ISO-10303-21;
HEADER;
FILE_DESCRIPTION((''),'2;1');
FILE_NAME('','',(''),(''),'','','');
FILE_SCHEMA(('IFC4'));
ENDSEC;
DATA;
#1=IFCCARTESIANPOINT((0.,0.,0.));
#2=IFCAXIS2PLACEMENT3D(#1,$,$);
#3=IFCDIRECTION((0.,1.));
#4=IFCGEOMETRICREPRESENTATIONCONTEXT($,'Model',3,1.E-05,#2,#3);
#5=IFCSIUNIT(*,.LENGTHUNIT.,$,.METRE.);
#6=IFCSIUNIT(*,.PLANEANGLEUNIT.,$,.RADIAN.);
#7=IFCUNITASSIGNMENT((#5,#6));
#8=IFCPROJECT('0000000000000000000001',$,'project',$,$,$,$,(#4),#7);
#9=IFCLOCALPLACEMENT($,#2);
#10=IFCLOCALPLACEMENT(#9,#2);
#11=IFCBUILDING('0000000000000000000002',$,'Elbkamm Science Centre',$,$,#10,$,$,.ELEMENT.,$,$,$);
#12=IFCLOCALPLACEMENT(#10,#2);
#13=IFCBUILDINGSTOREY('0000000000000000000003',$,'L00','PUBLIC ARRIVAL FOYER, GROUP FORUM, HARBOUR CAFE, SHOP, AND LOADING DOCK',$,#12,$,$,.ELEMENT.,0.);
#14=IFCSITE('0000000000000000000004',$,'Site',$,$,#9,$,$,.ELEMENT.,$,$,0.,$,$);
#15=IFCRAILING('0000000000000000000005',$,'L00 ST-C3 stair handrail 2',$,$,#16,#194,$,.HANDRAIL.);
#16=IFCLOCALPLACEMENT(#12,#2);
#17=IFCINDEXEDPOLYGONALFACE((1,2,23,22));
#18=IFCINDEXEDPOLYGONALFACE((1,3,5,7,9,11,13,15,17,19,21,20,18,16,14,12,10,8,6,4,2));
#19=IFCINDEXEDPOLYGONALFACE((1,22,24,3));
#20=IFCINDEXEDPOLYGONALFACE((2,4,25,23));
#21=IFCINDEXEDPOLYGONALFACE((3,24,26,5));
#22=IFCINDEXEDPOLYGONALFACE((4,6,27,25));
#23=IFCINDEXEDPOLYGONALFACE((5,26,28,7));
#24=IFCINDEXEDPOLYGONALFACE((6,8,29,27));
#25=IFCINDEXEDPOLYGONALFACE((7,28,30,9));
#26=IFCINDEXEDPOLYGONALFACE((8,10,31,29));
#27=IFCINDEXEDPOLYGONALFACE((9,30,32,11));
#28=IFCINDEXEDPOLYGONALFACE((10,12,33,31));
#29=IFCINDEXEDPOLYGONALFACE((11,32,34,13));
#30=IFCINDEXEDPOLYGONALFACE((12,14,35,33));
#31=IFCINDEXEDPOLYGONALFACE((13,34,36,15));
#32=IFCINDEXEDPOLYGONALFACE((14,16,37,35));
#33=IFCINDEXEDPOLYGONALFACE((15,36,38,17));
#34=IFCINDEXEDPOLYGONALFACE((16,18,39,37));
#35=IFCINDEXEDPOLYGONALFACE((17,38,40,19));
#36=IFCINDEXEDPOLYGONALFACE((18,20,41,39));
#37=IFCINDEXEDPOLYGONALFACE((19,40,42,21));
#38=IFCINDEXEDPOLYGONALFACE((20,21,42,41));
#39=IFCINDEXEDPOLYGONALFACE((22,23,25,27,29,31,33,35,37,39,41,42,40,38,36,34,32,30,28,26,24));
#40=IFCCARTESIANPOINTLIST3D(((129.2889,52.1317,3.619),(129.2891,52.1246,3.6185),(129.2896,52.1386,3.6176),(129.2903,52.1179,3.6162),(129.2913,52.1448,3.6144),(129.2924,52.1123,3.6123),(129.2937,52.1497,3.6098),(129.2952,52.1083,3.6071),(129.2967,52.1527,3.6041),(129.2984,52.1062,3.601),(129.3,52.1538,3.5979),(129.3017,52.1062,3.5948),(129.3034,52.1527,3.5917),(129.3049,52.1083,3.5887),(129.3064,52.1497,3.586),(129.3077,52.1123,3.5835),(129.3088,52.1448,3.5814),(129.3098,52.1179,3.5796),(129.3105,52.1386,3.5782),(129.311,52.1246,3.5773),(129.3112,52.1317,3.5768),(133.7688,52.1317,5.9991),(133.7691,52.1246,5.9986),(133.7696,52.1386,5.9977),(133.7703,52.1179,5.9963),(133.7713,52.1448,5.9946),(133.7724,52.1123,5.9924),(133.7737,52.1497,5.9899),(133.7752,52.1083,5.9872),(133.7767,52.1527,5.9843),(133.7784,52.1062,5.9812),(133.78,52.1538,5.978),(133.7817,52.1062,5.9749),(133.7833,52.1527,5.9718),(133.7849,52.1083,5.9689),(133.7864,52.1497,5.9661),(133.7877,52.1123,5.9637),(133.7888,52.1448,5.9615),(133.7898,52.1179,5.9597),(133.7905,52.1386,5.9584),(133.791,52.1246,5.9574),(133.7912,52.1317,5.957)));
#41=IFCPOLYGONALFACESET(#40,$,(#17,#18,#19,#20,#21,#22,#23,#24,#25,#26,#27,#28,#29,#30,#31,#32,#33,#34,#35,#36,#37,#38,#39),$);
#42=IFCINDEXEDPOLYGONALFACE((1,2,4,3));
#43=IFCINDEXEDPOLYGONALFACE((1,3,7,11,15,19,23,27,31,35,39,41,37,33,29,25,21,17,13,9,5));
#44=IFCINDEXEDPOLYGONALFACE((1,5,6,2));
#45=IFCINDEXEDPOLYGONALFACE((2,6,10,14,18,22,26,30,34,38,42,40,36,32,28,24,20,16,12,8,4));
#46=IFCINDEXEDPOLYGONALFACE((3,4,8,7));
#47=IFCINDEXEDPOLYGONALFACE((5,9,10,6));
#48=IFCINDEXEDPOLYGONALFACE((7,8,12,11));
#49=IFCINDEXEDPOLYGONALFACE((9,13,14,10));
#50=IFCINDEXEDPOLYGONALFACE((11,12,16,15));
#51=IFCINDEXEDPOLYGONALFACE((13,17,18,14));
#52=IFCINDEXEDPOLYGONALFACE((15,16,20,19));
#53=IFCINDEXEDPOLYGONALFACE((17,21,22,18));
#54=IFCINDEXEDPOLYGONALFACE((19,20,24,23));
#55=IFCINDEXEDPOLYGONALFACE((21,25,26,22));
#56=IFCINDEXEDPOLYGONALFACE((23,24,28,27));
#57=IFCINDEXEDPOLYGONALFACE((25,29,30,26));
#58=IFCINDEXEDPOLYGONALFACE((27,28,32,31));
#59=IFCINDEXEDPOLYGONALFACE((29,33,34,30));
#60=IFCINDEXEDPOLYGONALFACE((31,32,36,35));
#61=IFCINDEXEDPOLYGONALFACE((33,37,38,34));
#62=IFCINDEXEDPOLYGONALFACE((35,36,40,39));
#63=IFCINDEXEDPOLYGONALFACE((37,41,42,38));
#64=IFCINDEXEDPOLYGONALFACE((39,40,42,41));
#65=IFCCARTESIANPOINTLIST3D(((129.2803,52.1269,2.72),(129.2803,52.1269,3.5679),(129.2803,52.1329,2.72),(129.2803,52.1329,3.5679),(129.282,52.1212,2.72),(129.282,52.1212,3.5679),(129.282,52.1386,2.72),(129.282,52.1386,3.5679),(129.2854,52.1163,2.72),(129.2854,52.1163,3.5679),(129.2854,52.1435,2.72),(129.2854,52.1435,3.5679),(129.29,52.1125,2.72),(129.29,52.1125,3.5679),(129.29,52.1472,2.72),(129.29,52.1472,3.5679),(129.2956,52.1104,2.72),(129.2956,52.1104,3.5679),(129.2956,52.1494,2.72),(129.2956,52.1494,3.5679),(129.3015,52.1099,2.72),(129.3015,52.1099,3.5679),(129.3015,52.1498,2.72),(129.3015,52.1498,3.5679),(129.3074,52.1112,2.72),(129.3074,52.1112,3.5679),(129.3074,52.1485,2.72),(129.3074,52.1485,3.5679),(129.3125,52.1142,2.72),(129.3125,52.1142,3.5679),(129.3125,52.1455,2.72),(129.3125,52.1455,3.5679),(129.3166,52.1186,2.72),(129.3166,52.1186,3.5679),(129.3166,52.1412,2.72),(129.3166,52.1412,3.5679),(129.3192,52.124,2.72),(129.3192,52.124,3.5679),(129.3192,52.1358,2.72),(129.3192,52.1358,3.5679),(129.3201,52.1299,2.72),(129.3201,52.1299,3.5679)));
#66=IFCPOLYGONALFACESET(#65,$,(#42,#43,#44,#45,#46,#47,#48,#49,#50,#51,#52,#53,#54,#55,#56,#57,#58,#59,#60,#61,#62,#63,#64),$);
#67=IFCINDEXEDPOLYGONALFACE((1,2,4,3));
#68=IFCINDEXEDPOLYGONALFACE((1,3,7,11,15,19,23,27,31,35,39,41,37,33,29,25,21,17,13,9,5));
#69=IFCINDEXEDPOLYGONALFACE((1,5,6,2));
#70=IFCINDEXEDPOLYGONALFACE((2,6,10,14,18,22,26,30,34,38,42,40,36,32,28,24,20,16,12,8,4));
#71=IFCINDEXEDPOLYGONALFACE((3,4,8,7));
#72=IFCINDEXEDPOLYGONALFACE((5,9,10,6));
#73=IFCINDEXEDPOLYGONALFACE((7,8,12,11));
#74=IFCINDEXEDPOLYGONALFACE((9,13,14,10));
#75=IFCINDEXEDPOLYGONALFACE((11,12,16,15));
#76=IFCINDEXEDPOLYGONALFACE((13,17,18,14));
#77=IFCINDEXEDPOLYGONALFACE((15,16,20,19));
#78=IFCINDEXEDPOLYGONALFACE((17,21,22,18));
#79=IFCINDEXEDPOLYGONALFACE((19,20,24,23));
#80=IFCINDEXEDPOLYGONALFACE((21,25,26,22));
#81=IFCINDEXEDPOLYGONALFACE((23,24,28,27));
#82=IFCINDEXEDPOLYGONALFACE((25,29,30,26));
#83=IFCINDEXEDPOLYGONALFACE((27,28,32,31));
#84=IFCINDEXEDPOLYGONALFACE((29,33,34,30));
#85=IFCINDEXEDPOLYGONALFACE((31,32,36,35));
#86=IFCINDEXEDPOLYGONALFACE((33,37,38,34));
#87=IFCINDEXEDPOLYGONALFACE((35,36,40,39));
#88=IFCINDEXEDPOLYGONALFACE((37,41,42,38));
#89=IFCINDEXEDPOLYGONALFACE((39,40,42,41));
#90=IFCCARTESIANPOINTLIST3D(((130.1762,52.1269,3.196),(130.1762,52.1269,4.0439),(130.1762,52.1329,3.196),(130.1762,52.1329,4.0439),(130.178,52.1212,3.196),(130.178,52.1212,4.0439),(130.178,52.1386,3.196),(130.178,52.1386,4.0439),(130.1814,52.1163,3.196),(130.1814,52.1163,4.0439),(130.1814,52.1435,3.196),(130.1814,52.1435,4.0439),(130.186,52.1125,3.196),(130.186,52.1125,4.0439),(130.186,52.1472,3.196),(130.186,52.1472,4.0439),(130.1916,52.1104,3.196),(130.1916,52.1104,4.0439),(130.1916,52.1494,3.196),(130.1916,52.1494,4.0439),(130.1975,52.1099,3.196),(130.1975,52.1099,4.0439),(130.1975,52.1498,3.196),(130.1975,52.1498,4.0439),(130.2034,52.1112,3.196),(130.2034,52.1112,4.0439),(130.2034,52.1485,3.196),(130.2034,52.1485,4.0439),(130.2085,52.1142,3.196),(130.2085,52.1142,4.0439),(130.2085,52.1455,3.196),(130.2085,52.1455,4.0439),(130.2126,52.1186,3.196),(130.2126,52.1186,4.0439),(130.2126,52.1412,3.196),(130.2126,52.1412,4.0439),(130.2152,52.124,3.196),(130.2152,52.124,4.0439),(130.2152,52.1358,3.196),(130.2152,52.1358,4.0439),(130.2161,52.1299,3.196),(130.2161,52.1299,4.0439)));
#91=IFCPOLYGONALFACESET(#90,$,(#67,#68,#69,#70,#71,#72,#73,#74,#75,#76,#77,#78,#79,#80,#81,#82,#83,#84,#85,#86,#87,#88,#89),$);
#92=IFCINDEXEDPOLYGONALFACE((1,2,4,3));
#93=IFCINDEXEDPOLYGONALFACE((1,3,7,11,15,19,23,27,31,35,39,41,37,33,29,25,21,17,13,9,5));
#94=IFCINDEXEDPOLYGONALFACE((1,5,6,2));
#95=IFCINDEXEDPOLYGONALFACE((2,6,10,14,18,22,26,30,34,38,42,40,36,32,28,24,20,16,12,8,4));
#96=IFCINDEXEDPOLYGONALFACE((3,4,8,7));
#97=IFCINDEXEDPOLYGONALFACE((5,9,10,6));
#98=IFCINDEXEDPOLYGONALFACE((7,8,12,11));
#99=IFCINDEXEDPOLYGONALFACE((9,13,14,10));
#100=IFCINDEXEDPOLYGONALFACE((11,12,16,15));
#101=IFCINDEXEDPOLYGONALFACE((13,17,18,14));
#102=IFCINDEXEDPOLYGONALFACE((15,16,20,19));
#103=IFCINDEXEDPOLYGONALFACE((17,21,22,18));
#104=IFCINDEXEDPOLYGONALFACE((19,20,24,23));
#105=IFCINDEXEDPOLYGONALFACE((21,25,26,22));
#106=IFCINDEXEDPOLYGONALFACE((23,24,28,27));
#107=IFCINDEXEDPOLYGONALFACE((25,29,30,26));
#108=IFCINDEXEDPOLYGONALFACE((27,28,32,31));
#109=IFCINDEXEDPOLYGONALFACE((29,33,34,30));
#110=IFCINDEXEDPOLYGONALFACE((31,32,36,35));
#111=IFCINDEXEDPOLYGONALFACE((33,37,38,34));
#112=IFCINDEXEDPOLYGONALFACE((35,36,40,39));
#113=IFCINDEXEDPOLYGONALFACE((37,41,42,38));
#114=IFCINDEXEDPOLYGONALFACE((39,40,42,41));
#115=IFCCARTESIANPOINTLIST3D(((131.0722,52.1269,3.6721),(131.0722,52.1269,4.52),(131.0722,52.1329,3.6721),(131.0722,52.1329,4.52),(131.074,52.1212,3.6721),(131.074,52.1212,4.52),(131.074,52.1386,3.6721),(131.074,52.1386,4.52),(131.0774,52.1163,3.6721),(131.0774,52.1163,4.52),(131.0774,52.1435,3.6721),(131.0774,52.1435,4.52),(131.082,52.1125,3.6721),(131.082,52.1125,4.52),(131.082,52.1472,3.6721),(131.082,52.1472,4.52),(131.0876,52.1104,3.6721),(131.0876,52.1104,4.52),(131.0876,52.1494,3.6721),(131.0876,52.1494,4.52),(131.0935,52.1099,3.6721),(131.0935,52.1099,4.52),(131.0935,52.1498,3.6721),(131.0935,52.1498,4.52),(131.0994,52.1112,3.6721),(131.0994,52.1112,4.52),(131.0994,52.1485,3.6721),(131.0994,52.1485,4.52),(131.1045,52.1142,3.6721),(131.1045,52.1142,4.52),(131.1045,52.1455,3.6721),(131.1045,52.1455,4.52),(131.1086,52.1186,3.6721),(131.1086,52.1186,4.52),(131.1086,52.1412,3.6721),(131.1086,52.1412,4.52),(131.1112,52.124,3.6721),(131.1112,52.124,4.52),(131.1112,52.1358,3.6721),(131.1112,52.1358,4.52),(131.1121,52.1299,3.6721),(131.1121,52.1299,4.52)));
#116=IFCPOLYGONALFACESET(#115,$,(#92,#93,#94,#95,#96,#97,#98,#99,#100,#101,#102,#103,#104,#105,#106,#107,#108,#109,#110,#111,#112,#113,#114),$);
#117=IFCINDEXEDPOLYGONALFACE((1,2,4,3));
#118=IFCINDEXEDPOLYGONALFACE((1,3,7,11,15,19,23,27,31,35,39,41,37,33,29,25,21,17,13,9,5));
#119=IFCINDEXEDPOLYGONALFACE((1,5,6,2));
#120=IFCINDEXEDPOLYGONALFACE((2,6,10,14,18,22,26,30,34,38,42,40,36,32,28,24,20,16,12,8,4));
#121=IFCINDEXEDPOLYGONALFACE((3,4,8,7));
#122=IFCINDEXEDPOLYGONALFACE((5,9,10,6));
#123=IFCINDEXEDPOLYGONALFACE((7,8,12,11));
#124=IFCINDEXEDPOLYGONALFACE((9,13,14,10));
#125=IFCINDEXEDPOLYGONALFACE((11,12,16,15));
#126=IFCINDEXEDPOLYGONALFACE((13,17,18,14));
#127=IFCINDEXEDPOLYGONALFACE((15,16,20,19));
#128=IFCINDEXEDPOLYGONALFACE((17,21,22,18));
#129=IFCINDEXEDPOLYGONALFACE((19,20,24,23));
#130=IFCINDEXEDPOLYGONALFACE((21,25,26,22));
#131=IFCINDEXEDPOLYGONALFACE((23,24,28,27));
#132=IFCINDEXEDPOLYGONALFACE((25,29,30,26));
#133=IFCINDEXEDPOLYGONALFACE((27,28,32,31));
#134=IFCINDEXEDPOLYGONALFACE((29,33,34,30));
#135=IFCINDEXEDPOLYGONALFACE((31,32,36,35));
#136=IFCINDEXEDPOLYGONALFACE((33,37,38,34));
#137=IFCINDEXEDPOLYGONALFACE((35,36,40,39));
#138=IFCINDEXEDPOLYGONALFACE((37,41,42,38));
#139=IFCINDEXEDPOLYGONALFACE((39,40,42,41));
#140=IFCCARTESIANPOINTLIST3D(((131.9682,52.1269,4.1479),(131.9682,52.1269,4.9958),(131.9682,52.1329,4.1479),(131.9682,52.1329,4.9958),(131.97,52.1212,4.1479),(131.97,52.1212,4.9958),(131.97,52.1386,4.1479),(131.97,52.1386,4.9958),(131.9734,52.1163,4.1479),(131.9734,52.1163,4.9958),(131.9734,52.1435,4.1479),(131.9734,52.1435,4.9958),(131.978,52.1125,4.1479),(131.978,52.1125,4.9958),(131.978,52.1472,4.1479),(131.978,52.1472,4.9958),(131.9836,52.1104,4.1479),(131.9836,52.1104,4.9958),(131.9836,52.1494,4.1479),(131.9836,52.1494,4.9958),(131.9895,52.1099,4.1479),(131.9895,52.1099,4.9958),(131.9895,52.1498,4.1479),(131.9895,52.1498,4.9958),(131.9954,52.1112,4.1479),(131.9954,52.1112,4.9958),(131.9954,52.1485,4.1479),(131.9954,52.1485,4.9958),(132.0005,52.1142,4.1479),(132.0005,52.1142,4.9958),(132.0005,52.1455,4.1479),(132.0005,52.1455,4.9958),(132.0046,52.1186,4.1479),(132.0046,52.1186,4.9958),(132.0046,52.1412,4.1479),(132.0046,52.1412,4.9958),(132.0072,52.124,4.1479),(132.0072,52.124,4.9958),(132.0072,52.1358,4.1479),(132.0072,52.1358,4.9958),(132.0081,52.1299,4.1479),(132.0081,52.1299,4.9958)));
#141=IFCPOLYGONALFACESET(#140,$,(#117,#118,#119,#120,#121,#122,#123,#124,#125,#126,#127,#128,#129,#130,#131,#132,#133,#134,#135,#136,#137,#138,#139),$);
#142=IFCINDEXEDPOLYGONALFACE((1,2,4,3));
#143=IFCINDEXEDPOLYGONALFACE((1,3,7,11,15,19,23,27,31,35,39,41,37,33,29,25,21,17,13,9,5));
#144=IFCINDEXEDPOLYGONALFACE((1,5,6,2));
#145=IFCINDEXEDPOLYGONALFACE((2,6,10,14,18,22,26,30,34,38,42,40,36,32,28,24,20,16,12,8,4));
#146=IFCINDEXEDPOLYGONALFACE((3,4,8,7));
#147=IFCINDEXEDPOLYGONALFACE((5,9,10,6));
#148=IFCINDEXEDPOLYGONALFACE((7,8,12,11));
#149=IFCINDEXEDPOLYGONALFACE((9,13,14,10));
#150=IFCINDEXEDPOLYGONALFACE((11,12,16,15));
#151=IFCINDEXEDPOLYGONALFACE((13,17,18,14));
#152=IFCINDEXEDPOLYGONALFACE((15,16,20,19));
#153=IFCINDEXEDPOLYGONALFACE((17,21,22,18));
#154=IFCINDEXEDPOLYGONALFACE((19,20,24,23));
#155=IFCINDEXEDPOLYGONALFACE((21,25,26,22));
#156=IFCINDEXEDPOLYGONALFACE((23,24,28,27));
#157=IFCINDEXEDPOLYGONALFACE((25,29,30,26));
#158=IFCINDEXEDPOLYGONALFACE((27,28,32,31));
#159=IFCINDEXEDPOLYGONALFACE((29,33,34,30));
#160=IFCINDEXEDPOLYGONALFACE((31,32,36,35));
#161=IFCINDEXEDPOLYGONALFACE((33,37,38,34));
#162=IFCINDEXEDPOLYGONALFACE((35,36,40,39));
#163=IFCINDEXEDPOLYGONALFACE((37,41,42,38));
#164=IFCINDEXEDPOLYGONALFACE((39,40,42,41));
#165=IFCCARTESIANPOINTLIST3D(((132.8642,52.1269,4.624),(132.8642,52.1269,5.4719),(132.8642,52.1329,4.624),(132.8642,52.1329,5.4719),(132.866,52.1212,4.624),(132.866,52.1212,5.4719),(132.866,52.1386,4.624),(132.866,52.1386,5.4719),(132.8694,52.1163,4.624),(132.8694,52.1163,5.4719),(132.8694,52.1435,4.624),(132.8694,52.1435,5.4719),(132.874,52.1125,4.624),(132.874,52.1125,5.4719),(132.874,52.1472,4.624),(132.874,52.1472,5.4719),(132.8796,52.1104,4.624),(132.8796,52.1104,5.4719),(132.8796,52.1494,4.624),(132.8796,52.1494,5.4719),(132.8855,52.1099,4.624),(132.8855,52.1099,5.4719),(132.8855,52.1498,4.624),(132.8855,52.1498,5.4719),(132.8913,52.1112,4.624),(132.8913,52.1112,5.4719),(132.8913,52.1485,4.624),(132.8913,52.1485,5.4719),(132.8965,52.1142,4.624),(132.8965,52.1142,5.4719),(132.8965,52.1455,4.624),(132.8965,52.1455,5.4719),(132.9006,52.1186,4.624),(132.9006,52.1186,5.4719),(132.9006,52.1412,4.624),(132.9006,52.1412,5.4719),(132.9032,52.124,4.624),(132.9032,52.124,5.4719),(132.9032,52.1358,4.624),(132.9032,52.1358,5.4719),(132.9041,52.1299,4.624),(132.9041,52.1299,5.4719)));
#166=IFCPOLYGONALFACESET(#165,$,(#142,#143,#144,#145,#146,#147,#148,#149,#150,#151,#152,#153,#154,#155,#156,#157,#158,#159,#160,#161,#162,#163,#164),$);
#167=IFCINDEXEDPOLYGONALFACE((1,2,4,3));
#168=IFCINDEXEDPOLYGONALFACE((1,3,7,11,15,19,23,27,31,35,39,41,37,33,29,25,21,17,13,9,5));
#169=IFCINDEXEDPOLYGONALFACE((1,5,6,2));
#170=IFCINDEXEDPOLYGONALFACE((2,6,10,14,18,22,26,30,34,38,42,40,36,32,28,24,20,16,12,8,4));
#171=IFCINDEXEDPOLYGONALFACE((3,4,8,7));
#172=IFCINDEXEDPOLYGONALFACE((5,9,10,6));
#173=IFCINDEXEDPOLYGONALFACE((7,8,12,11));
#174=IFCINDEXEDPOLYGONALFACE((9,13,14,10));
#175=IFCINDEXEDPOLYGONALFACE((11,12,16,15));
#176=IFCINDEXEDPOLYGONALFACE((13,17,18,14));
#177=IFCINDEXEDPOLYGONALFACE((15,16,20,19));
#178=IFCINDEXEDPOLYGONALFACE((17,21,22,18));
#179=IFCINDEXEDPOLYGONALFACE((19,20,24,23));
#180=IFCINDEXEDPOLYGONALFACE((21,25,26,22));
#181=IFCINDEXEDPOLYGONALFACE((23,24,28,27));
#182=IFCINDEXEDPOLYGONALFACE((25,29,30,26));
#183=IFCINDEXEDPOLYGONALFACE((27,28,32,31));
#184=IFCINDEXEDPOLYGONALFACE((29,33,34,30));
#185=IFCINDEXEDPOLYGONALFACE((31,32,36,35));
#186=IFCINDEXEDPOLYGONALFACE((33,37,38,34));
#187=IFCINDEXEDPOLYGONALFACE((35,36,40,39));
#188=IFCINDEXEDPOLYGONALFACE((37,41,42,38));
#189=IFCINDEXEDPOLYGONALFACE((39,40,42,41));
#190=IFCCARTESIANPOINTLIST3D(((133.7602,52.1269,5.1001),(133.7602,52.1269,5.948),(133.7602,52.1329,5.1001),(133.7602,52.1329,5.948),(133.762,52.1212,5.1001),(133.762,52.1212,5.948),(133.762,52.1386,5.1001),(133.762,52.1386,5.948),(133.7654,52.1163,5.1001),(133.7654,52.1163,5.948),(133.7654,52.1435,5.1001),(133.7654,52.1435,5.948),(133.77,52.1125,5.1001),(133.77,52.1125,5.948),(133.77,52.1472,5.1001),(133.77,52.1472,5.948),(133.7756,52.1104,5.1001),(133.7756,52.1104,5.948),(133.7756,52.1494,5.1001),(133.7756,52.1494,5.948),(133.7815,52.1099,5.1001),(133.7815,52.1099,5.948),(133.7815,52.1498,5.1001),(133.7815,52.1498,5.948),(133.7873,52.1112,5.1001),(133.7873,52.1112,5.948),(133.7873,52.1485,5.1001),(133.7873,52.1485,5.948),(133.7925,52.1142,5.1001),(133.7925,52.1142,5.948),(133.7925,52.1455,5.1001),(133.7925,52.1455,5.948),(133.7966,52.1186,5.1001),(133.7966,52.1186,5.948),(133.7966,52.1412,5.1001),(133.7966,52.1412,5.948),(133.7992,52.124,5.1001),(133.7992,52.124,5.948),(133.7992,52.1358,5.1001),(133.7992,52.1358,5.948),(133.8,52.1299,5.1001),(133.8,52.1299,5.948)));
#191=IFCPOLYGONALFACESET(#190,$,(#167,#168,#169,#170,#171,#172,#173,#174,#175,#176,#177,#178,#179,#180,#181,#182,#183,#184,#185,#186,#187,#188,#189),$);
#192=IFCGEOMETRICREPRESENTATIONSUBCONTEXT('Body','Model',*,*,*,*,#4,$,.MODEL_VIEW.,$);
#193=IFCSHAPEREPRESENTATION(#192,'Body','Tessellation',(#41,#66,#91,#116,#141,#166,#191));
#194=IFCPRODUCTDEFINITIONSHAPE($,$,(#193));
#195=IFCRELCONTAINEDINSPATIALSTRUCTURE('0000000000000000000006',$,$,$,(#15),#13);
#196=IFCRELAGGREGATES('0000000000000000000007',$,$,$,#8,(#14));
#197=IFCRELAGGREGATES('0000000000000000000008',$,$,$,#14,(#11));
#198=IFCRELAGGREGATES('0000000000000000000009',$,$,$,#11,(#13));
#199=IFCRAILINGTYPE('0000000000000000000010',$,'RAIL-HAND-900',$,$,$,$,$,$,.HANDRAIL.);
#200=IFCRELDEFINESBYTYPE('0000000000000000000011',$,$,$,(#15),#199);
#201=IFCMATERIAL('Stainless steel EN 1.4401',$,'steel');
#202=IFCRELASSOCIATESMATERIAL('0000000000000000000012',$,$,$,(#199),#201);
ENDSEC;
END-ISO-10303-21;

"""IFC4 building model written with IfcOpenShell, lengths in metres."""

from ifc_helpers import new_model, si_unit, direction, frame, origin, origin_2d, place, context, subcontext, project, spatial, circle, extrude, material, type_object, element, save


model = new_model("IFC4")

# Units and contexts
model_context = context("Model", 3, precision=1e-05, world=origin(), true_north=direction((0.0, 1.0)))
body_context = subcontext(model_context, "Body", "Model", "MODEL_VIEW")
ifc_project = project(units=[si_unit("LENGTHUNIT", "METRE"), si_unit("PLANEANGLEUNIT", "RADIAN")], contexts=[model_context])

# Site, building, storey
site_placement = place(None, origin())
site = spatial("IfcSite", under=ifc_project, at=site_placement, Name="Site", CompositionType="ELEMENT", RefElevation=0.0)
building_placement = place(site_placement, origin())
building = spatial("IfcBuilding", under=site, at=building_placement, Name="Elbkamm Science Centre", CompositionType="ELEMENT")
storey_placement = place(building_placement, origin())
storey = spatial("IfcBuildingStorey", under=building, at=storey_placement, Name="L00", Description="PUBLIC ARRIVAL FOYER, GROUP FORUM, HARBOUR CAFE, SHOP, AND LOADING DOCK", CompositionType="ELEMENT", Elevation=0.0)

# Railing
ifc_material_1 = material(Name="Stainless steel EN 1.4401", Category="steel")
railing_type_1 = type_object("IfcRailingType", Name="RAIL-HAND-900", PredefinedType="HANDRAIL", material=ifc_material_1)
railing_1_placement = place(storey_placement, frame((129.3, 52.1299, 2.72)))
element("IfcRailing", 1, at=railing_1_placement, inside=storey, type_object=railing_type_1, Name="L00 ST-C3 stair handrail 2", PredefinedType="HANDRAIL", context=body_context, shape_type="SweptSolid", body=[
    extrude(circle(Radius=0.0239, at=origin_2d()), frame((0.0, 0.0, 0.8779), z_axis=(0.883105, 0.0, 0.469176), x_axis=(0.0, 1.0, 0.0)), (0.0, 0.0, 1.0), 5.073),
    extrude(circle(Radius=0.02, at=origin_2d()), origin(), (0.0, 0.0, 1.0), 0.8479),
    extrude(circle(Radius=0.02, at=origin_2d()), frame((0.896, 0.0, 0.4761)), (0.0, 0.0, 1.0), 0.8479),
    extrude(circle(Radius=0.02, at=origin_2d()), frame((1.792, 0.0, 0.9521)), (0.0, 0.0, 1.0), 0.8479),
    extrude(circle(Radius=0.02, at=origin_2d()), frame((2.688, 0.0, 1.428)), (0.0, 0.0, 1.0), 0.8479),
    extrude(circle(Radius=0.02, at=origin_2d()), frame((3.584, 0.0, 1.9041)), (0.0, 0.0, 1.0), 0.8479),
    extrude(circle(Radius=0.02, at=origin_2d()), frame((4.48, 0.0, 2.3801)), (0.0, 0.0, 1.0), 0.8479),
])

save(model, "model.ifc")
